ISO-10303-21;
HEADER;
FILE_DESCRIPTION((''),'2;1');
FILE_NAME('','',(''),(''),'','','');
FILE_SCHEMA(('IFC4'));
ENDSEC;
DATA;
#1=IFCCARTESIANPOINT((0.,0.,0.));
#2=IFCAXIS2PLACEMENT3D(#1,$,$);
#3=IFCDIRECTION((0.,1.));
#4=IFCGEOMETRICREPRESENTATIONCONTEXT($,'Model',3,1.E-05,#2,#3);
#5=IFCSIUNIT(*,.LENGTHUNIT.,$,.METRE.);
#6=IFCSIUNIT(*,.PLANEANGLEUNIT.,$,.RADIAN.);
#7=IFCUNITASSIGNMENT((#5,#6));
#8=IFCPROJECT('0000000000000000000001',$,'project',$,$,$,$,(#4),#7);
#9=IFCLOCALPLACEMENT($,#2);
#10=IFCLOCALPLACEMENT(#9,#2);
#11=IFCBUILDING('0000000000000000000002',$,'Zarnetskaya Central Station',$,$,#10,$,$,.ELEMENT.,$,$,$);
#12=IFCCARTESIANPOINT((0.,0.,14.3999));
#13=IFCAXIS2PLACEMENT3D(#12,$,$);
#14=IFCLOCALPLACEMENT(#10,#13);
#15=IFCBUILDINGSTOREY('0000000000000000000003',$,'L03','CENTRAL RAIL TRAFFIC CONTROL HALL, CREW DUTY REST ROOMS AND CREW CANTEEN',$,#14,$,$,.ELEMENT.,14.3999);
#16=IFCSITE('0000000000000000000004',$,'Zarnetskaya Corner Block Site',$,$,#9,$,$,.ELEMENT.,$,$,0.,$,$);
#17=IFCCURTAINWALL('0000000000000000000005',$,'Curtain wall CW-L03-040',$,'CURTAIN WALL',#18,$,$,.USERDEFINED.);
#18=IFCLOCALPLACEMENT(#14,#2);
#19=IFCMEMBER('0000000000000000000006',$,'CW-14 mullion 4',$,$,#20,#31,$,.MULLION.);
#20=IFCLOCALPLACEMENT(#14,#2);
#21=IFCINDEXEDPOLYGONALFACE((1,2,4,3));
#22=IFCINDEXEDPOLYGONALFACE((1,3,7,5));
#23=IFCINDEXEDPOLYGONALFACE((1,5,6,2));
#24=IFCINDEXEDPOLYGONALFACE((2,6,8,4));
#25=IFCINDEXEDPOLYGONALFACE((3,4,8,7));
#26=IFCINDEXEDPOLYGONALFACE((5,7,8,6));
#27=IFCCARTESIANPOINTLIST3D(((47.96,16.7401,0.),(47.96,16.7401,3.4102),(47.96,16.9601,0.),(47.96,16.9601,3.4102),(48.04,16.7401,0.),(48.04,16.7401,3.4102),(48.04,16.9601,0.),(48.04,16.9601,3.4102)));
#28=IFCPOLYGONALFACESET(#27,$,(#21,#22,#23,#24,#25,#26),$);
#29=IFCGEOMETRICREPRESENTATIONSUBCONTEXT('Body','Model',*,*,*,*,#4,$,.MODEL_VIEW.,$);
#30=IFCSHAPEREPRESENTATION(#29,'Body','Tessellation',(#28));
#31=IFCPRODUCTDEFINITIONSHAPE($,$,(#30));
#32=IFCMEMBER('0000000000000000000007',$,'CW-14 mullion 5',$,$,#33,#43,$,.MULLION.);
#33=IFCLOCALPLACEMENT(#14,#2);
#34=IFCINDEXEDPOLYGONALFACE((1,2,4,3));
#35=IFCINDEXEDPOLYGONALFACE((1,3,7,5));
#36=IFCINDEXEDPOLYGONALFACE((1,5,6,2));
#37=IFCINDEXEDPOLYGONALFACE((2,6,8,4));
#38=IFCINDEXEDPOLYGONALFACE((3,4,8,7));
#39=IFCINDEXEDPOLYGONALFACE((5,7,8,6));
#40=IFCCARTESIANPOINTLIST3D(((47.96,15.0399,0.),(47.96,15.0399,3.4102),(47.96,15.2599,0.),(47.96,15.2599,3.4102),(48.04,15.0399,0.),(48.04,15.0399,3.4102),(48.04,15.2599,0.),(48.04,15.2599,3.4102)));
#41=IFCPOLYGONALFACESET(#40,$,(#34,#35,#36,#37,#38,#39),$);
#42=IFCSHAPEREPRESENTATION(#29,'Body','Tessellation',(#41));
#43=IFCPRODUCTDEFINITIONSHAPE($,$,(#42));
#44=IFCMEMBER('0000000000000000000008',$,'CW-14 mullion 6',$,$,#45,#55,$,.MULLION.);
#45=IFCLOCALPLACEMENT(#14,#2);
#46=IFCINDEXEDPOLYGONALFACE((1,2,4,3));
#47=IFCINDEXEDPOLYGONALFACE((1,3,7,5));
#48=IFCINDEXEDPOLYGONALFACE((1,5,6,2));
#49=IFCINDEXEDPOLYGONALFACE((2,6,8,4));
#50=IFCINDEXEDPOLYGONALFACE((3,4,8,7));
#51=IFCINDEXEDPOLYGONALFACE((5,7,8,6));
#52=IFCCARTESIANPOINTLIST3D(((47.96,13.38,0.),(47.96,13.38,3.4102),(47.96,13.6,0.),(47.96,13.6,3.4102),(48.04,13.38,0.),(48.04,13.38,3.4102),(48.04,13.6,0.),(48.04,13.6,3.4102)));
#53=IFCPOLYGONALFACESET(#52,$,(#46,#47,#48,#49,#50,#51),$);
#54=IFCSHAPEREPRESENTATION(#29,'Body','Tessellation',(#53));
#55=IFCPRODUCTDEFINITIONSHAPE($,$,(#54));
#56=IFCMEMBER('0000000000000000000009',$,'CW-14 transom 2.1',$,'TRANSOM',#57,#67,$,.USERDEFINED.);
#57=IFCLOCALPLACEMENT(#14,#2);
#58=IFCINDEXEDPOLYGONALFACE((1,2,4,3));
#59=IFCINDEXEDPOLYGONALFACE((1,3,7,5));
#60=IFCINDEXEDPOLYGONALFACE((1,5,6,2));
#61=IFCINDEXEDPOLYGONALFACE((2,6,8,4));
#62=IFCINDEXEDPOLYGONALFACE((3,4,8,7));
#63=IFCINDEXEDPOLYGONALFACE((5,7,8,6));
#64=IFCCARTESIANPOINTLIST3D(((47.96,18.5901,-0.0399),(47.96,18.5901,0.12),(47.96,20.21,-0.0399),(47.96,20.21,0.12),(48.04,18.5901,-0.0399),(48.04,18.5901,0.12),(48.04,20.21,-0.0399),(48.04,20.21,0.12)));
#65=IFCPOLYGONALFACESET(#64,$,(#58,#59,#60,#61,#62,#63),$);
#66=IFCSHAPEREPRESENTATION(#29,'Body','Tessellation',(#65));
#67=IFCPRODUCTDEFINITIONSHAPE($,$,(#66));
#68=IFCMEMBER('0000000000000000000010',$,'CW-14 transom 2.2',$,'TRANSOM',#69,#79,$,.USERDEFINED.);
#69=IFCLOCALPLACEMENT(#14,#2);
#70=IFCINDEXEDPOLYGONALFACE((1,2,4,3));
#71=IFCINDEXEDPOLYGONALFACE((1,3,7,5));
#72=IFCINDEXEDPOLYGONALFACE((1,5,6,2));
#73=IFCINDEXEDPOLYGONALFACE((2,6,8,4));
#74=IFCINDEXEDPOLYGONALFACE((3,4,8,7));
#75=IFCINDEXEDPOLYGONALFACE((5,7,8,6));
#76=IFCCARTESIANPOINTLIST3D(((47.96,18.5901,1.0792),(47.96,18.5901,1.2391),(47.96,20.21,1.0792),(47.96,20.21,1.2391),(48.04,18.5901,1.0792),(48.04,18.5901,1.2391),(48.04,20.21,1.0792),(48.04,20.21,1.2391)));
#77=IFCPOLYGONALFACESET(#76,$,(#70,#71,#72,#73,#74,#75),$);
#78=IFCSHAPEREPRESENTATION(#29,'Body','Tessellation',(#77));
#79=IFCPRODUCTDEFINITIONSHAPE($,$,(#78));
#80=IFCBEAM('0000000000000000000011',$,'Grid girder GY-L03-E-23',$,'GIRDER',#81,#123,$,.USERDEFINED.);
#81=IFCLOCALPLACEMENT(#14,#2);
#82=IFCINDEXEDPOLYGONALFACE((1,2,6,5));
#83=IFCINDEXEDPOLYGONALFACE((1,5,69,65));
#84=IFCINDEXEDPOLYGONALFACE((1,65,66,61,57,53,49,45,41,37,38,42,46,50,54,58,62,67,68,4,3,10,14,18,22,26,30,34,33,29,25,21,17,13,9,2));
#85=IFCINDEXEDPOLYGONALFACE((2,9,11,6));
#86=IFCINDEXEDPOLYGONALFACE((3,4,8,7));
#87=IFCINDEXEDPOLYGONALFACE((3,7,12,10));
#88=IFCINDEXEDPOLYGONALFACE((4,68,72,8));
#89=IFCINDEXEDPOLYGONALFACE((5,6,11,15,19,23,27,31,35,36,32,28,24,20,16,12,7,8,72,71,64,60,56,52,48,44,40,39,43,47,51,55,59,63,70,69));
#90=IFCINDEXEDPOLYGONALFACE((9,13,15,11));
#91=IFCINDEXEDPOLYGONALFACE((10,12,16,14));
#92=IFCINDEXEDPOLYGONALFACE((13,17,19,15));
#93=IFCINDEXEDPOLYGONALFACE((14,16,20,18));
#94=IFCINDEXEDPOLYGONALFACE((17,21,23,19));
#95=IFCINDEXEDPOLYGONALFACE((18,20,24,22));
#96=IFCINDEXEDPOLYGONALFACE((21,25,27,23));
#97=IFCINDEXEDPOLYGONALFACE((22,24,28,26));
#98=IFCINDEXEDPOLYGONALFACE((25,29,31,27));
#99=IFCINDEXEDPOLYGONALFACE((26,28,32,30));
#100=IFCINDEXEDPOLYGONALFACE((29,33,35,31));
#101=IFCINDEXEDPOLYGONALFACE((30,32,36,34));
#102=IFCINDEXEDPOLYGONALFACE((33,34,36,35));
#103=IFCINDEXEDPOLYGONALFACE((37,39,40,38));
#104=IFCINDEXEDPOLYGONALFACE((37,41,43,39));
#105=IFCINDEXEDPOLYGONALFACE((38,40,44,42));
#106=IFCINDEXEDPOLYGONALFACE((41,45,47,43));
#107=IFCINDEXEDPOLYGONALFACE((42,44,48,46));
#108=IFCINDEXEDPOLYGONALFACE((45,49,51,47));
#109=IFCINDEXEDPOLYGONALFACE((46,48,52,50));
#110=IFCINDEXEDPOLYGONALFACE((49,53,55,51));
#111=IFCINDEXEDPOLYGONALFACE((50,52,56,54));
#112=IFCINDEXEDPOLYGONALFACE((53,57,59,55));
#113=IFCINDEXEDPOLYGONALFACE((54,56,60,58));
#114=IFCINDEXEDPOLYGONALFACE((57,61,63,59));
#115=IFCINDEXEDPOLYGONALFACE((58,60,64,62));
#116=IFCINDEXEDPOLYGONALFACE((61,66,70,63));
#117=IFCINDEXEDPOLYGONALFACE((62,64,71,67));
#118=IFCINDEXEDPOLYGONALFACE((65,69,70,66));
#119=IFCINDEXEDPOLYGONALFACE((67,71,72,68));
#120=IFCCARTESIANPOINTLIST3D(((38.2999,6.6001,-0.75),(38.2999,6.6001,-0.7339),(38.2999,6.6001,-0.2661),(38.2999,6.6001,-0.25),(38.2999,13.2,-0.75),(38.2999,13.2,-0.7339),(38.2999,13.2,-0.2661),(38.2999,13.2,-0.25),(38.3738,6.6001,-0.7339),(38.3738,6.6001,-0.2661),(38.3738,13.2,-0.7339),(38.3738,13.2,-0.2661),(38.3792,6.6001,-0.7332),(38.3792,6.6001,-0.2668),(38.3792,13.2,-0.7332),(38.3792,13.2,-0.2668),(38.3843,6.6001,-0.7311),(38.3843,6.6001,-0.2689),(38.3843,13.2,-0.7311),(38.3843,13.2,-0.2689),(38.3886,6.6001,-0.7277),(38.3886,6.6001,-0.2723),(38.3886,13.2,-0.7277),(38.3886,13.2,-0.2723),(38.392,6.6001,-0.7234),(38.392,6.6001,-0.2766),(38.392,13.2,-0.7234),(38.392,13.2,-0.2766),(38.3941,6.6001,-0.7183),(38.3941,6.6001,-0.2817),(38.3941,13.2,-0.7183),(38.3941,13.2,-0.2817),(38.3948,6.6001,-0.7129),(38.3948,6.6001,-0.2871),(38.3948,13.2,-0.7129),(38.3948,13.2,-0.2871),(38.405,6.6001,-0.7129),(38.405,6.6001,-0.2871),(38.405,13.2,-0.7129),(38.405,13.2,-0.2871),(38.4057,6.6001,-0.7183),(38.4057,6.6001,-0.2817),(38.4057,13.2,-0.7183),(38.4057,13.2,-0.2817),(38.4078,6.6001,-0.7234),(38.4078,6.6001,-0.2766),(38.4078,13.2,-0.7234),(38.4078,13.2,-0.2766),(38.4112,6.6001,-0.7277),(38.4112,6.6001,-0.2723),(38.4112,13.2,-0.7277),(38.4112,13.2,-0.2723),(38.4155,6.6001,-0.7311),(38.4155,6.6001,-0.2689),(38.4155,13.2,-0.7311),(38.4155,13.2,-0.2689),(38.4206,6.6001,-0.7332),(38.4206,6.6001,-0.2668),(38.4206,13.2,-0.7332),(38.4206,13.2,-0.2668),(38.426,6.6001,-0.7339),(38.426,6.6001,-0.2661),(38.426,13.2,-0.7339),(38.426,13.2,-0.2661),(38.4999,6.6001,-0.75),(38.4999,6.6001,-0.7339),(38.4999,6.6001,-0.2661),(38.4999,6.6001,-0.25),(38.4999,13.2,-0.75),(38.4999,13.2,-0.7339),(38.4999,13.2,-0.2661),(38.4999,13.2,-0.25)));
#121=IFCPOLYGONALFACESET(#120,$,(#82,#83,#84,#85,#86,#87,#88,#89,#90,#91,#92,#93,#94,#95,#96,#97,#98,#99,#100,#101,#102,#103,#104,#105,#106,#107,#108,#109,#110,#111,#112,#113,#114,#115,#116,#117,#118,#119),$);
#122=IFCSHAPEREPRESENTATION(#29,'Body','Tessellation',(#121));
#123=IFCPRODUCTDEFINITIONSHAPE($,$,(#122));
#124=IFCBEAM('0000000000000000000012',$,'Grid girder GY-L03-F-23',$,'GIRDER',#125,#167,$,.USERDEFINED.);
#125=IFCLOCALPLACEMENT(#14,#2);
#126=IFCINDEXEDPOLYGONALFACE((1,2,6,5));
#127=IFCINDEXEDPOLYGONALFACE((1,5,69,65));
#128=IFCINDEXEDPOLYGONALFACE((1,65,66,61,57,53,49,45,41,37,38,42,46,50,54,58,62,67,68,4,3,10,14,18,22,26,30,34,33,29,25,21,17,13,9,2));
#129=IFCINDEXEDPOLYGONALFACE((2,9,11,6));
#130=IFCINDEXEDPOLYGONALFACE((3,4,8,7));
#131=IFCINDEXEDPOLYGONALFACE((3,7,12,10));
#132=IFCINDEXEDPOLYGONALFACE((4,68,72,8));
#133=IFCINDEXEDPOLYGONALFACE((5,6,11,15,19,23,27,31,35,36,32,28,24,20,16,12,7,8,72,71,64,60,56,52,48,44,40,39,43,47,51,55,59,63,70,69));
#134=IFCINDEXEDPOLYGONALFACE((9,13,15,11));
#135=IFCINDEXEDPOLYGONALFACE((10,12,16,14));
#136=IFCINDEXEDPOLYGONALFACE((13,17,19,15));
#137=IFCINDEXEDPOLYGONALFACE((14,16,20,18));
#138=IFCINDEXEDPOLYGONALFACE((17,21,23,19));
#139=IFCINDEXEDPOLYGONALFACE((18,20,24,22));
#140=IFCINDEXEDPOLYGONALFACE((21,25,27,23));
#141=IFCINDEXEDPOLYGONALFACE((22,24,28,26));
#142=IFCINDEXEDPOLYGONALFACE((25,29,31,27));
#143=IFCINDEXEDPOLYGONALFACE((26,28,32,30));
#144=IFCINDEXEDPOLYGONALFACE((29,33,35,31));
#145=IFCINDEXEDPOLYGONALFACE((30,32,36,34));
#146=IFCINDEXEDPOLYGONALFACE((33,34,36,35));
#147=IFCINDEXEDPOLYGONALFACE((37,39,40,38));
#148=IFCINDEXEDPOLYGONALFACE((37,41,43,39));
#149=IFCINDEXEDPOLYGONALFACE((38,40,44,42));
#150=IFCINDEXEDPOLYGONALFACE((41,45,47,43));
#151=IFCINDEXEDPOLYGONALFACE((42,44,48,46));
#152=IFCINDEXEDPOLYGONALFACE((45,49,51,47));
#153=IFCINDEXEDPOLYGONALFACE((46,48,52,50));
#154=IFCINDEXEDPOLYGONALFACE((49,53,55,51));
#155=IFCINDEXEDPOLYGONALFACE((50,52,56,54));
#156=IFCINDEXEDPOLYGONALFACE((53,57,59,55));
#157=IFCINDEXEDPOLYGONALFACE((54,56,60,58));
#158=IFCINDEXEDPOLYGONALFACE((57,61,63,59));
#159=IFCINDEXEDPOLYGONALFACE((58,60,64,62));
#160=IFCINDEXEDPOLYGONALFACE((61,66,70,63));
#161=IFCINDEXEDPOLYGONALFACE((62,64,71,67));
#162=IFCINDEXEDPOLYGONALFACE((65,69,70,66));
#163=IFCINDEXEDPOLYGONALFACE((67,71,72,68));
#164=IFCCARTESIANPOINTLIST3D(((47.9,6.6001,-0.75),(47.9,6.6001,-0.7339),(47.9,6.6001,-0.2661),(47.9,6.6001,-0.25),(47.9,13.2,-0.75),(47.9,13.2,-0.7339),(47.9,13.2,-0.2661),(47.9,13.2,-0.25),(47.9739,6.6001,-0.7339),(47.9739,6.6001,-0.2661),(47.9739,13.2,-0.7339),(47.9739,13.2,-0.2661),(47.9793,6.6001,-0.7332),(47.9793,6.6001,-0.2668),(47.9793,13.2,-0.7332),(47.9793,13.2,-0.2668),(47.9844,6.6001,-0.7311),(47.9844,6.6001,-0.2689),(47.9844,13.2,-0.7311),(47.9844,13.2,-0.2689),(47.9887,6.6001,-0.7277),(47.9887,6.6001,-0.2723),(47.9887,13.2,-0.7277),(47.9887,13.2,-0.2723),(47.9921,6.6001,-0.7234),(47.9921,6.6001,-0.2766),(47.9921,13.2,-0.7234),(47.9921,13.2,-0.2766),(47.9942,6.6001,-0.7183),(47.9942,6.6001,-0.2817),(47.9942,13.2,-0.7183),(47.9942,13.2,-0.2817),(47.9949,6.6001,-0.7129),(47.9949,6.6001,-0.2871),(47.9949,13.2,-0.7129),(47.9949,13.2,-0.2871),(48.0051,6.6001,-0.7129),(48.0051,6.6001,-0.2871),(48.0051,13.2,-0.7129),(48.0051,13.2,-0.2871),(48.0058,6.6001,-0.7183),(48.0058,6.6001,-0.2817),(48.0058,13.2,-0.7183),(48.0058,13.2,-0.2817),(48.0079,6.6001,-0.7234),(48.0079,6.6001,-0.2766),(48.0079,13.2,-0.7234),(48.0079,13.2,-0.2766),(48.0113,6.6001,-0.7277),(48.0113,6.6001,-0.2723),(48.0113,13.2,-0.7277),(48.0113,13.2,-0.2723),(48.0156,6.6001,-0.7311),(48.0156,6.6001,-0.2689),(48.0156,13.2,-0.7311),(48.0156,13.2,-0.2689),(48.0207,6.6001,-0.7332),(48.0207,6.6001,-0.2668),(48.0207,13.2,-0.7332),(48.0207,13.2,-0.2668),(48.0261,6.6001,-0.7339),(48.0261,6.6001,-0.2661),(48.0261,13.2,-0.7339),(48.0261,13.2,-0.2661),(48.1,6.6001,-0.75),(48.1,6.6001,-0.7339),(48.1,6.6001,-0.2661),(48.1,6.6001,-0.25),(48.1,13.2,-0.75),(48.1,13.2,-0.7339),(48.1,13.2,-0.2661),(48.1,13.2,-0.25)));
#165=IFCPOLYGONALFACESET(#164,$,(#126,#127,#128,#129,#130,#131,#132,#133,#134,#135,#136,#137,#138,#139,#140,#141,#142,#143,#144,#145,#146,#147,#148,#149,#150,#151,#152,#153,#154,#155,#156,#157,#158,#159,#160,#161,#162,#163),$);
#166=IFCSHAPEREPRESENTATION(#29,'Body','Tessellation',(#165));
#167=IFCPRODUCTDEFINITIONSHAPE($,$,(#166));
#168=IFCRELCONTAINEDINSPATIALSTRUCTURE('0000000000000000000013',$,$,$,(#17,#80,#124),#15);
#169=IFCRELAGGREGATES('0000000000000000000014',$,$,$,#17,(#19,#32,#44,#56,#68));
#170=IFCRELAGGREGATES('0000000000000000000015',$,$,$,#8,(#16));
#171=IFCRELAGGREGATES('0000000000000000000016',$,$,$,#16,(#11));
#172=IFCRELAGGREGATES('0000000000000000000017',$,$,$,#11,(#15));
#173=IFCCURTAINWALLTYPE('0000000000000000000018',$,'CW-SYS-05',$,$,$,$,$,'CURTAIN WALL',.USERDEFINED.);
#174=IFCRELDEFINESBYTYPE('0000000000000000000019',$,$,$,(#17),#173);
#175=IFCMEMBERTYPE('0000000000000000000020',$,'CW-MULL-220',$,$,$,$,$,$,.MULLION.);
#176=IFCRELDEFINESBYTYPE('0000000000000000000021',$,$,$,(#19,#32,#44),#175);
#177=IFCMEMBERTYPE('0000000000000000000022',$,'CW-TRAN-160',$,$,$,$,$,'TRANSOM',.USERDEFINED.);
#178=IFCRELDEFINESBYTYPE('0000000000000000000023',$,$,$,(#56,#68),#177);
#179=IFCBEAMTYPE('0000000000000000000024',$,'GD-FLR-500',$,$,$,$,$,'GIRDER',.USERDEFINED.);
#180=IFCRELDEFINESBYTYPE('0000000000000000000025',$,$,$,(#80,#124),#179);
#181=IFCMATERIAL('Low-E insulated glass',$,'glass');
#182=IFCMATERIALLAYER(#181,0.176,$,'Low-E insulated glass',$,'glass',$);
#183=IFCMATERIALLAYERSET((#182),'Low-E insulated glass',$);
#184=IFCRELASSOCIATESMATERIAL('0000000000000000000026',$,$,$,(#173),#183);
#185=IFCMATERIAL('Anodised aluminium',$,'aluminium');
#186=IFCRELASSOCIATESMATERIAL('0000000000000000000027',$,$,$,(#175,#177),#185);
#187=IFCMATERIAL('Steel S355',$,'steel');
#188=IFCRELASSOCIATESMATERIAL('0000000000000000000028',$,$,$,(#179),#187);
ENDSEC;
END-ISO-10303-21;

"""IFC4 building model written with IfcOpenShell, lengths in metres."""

from ifc_helpers import new_model, si_unit, direction, frame, origin, origin_2d, place, context, subcontext, project, spatial, rectangle, i_section, extrude, material, layer, layer_set, material_profile, profile_set, type_object, element, aggregate, save


model = new_model("IFC4")

# Units and contexts
model_context = context("Model", 3, precision=1e-05, world=origin(), true_north=direction((0.0, 1.0)))
body_context = subcontext(model_context, "Body", "Model", "MODEL_VIEW")
ifc_project = project(units=[si_unit("LENGTHUNIT", "METRE"), si_unit("PLANEANGLEUNIT", "RADIAN")], contexts=[model_context])

# Site, building, storey
site_placement = place(None, origin())
site = spatial("IfcSite", under=ifc_project, at=site_placement, Name="Zarnetskaya Corner Block Site", CompositionType="ELEMENT", RefElevation=0.0)
building_placement = place(site_placement, origin())
building = spatial("IfcBuilding", under=site, at=building_placement, Name="Zarnetskaya Central Station", CompositionType="ELEMENT")
storey_placement = place(building_placement, frame((0.0, 0.0, 14.3999)))
storey = spatial("IfcBuildingStorey", under=building, at=storey_placement, Name="L03", Description="CENTRAL RAIL TRAFFIC CONTROL HALL, CREW DUTY REST ROOMS AND CREW CANTEEN", CompositionType="ELEMENT", Elevation=14.3999)

# Shared definitions
ifc_material_1 = material(Name="Steel S355", Category="steel")

# Curtain wall, members
ifc_material_2 = material(Name="Low-E insulated glass", Category="glass")
ifc_layer_1 = layer(ifc_material_2, 0.176, Name="Low-E insulated glass", Category="glass")
ifc_layer_set_1 = layer_set([ifc_layer_1], Name="Low-E insulated glass")
curtain_wall_type = type_object("IfcCurtainWallType", Name="CW-SYS-05", ElementType="CURTAIN WALL", PredefinedType="USERDEFINED", material=ifc_layer_set_1)
curtain_wall_placement = place(storey_placement, origin())
curtain_wall = element("IfcCurtainWall", 1, at=curtain_wall_placement, inside=storey, type_object=curtain_wall_type, Name="Curtain wall CW-L03-040", ObjectType="CURTAIN WALL", PredefinedType="USERDEFINED")
ifc_material_3 = material(Name="Anodised aluminium", Category="aluminium")
ifc_material_profile_1 = material_profile(ifc_material_3, rectangle(XDim=0.0801, YDim=0.22, at=origin_2d()), Name="ALU MULL 80x220")
ifc_profile_set_1 = profile_set([ifc_material_profile_1], Name="Anodised aluminium")
member_type_1 = type_object("IfcMemberType", Name="CW-MULL-220", PredefinedType="MULLION", material=ifc_profile_set_1)
member_1_placement = place(storey_placement, frame((48.0, 16.8501, 0.0), z_axis=(0.0, 0.0, 1.0), x_axis=(1.0, 0.0, 0.0)))
member_1 = element("IfcMember", 2, at=member_1_placement, type_object=member_type_1, Name="CW-14 mullion 4", PredefinedType="MULLION", context=body_context, shape_type="SweptSolid", body=[
    extrude(rectangle(XDim=0.0801, YDim=0.22, at=origin_2d()), origin(), (0.0, 0.0, 1.0), 3.4102),
])
member_2_placement = place(storey_placement, frame((48.0, 15.1499, 0.0), z_axis=(0.0, 0.0, 1.0), x_axis=(1.0, 0.0, 0.0)))
member_2 = element("IfcMember", 3, at=member_2_placement, type_object=member_type_1, Name="CW-14 mullion 5", PredefinedType="MULLION", context=body_context, shape_type="SweptSolid", body=[
    extrude(rectangle(XDim=0.0801, YDim=0.22, at=origin_2d()), origin(), (0.0, 0.0, 1.0), 3.4102),
])
member_3_placement = place(storey_placement, frame((48.0, 13.49, 0.0), z_axis=(0.0, 0.0, 1.0), x_axis=(1.0, 0.0, 0.0)))
member_3 = element("IfcMember", 4, at=member_3_placement, type_object=member_type_1, Name="CW-14 mullion 6", PredefinedType="MULLION", context=body_context, shape_type="SweptSolid", body=[
    extrude(rectangle(XDim=0.0801, YDim=0.22, at=origin_2d()), origin(), (0.0, 0.0, 1.0), 3.4102),
])
ifc_material_profile_2 = material_profile(ifc_material_3, rectangle(XDim=0.0801, YDim=0.1599, at=origin_2d()), Name="ALU TRAN 80x160")
ifc_profile_set_2 = profile_set([ifc_material_profile_2], Name="Anodised aluminium")
member_type_2 = type_object("IfcMemberType", Name="CW-TRAN-160", ElementType="TRANSOM", PredefinedType="USERDEFINED", material=ifc_profile_set_2)
member_4_placement = place(storey_placement, frame((48.0, 20.21, 0.04), z_axis=(0.0, -1.0, 0.0), x_axis=(1.0, 0.0, 0.0)))
member_4 = element("IfcMember", 5, at=member_4_placement, type_object=member_type_2, Name="CW-14 transom 2.1", ObjectType="TRANSOM", PredefinedType="USERDEFINED", context=body_context, shape_type="SweptSolid", body=[
    extrude(rectangle(XDim=0.0801, YDim=0.1599, at=origin_2d()), origin(), (0.0, 0.0, 1.0), 1.6199),
])
member_5_placement = place(storey_placement, frame((48.0, 20.21, 1.1592), z_axis=(0.0, -1.0, 0.0), x_axis=(1.0, 0.0, 0.0)))
member_5 = element("IfcMember", 6, at=member_5_placement, type_object=member_type_2, Name="CW-14 transom 2.2", ObjectType="TRANSOM", PredefinedType="USERDEFINED", context=body_context, shape_type="SweptSolid", body=[
    extrude(rectangle(XDim=0.0801, YDim=0.1599, at=origin_2d()), origin(), (0.0, 0.0, 1.0), 1.6199),
])

# Beams
ifc_material_profile_3 = material_profile(ifc_material_1, i_section(OverallWidth=0.2, OverallDepth=0.5, WebThickness=0.0103, FlangeThickness=0.0161, FilletRadius=0.021, at=origin_2d()), Name="IPE 500")
ifc_profile_set_3 = profile_set([ifc_material_profile_3], Name="Steel S355")
beam_type_1 = type_object("IfcBeamType", Name="GD-FLR-500", ElementType="GIRDER", PredefinedType="USERDEFINED", material=ifc_profile_set_3)
for number, where, z_axis, x_axis, name in (
    (7, (38.3999, 6.6001, -0.5), (0.0, 1.0, 0.0), (-1.0, 0.0, 0.0), "Grid girder GY-L03-E-23"),
    (8, (48.0, 6.6001, -0.5), (0.0, 1.0, 0.0), (-1.0, 0.0, 0.0), "Grid girder GY-L03-F-23"),
):
    element("IfcBeam", number, at=place(storey_placement, frame(where, z_axis=z_axis, x_axis=x_axis)), inside=storey, type_object=beam_type_1, Name=name, ObjectType="GIRDER", PredefinedType="USERDEFINED", context=body_context, shape_type="SweptSolid", body=[
        extrude(i_section(OverallWidth=0.2, OverallDepth=0.5, WebThickness=0.0103, FlangeThickness=0.0161, FilletRadius=0.021, at=origin_2d()), origin(), (0.0, 0.0, 1.0), 6.5999),
    ])

aggregate(curtain_wall, [member_1, member_2, member_3, member_4, member_5])

save(model, "model.ifc")
